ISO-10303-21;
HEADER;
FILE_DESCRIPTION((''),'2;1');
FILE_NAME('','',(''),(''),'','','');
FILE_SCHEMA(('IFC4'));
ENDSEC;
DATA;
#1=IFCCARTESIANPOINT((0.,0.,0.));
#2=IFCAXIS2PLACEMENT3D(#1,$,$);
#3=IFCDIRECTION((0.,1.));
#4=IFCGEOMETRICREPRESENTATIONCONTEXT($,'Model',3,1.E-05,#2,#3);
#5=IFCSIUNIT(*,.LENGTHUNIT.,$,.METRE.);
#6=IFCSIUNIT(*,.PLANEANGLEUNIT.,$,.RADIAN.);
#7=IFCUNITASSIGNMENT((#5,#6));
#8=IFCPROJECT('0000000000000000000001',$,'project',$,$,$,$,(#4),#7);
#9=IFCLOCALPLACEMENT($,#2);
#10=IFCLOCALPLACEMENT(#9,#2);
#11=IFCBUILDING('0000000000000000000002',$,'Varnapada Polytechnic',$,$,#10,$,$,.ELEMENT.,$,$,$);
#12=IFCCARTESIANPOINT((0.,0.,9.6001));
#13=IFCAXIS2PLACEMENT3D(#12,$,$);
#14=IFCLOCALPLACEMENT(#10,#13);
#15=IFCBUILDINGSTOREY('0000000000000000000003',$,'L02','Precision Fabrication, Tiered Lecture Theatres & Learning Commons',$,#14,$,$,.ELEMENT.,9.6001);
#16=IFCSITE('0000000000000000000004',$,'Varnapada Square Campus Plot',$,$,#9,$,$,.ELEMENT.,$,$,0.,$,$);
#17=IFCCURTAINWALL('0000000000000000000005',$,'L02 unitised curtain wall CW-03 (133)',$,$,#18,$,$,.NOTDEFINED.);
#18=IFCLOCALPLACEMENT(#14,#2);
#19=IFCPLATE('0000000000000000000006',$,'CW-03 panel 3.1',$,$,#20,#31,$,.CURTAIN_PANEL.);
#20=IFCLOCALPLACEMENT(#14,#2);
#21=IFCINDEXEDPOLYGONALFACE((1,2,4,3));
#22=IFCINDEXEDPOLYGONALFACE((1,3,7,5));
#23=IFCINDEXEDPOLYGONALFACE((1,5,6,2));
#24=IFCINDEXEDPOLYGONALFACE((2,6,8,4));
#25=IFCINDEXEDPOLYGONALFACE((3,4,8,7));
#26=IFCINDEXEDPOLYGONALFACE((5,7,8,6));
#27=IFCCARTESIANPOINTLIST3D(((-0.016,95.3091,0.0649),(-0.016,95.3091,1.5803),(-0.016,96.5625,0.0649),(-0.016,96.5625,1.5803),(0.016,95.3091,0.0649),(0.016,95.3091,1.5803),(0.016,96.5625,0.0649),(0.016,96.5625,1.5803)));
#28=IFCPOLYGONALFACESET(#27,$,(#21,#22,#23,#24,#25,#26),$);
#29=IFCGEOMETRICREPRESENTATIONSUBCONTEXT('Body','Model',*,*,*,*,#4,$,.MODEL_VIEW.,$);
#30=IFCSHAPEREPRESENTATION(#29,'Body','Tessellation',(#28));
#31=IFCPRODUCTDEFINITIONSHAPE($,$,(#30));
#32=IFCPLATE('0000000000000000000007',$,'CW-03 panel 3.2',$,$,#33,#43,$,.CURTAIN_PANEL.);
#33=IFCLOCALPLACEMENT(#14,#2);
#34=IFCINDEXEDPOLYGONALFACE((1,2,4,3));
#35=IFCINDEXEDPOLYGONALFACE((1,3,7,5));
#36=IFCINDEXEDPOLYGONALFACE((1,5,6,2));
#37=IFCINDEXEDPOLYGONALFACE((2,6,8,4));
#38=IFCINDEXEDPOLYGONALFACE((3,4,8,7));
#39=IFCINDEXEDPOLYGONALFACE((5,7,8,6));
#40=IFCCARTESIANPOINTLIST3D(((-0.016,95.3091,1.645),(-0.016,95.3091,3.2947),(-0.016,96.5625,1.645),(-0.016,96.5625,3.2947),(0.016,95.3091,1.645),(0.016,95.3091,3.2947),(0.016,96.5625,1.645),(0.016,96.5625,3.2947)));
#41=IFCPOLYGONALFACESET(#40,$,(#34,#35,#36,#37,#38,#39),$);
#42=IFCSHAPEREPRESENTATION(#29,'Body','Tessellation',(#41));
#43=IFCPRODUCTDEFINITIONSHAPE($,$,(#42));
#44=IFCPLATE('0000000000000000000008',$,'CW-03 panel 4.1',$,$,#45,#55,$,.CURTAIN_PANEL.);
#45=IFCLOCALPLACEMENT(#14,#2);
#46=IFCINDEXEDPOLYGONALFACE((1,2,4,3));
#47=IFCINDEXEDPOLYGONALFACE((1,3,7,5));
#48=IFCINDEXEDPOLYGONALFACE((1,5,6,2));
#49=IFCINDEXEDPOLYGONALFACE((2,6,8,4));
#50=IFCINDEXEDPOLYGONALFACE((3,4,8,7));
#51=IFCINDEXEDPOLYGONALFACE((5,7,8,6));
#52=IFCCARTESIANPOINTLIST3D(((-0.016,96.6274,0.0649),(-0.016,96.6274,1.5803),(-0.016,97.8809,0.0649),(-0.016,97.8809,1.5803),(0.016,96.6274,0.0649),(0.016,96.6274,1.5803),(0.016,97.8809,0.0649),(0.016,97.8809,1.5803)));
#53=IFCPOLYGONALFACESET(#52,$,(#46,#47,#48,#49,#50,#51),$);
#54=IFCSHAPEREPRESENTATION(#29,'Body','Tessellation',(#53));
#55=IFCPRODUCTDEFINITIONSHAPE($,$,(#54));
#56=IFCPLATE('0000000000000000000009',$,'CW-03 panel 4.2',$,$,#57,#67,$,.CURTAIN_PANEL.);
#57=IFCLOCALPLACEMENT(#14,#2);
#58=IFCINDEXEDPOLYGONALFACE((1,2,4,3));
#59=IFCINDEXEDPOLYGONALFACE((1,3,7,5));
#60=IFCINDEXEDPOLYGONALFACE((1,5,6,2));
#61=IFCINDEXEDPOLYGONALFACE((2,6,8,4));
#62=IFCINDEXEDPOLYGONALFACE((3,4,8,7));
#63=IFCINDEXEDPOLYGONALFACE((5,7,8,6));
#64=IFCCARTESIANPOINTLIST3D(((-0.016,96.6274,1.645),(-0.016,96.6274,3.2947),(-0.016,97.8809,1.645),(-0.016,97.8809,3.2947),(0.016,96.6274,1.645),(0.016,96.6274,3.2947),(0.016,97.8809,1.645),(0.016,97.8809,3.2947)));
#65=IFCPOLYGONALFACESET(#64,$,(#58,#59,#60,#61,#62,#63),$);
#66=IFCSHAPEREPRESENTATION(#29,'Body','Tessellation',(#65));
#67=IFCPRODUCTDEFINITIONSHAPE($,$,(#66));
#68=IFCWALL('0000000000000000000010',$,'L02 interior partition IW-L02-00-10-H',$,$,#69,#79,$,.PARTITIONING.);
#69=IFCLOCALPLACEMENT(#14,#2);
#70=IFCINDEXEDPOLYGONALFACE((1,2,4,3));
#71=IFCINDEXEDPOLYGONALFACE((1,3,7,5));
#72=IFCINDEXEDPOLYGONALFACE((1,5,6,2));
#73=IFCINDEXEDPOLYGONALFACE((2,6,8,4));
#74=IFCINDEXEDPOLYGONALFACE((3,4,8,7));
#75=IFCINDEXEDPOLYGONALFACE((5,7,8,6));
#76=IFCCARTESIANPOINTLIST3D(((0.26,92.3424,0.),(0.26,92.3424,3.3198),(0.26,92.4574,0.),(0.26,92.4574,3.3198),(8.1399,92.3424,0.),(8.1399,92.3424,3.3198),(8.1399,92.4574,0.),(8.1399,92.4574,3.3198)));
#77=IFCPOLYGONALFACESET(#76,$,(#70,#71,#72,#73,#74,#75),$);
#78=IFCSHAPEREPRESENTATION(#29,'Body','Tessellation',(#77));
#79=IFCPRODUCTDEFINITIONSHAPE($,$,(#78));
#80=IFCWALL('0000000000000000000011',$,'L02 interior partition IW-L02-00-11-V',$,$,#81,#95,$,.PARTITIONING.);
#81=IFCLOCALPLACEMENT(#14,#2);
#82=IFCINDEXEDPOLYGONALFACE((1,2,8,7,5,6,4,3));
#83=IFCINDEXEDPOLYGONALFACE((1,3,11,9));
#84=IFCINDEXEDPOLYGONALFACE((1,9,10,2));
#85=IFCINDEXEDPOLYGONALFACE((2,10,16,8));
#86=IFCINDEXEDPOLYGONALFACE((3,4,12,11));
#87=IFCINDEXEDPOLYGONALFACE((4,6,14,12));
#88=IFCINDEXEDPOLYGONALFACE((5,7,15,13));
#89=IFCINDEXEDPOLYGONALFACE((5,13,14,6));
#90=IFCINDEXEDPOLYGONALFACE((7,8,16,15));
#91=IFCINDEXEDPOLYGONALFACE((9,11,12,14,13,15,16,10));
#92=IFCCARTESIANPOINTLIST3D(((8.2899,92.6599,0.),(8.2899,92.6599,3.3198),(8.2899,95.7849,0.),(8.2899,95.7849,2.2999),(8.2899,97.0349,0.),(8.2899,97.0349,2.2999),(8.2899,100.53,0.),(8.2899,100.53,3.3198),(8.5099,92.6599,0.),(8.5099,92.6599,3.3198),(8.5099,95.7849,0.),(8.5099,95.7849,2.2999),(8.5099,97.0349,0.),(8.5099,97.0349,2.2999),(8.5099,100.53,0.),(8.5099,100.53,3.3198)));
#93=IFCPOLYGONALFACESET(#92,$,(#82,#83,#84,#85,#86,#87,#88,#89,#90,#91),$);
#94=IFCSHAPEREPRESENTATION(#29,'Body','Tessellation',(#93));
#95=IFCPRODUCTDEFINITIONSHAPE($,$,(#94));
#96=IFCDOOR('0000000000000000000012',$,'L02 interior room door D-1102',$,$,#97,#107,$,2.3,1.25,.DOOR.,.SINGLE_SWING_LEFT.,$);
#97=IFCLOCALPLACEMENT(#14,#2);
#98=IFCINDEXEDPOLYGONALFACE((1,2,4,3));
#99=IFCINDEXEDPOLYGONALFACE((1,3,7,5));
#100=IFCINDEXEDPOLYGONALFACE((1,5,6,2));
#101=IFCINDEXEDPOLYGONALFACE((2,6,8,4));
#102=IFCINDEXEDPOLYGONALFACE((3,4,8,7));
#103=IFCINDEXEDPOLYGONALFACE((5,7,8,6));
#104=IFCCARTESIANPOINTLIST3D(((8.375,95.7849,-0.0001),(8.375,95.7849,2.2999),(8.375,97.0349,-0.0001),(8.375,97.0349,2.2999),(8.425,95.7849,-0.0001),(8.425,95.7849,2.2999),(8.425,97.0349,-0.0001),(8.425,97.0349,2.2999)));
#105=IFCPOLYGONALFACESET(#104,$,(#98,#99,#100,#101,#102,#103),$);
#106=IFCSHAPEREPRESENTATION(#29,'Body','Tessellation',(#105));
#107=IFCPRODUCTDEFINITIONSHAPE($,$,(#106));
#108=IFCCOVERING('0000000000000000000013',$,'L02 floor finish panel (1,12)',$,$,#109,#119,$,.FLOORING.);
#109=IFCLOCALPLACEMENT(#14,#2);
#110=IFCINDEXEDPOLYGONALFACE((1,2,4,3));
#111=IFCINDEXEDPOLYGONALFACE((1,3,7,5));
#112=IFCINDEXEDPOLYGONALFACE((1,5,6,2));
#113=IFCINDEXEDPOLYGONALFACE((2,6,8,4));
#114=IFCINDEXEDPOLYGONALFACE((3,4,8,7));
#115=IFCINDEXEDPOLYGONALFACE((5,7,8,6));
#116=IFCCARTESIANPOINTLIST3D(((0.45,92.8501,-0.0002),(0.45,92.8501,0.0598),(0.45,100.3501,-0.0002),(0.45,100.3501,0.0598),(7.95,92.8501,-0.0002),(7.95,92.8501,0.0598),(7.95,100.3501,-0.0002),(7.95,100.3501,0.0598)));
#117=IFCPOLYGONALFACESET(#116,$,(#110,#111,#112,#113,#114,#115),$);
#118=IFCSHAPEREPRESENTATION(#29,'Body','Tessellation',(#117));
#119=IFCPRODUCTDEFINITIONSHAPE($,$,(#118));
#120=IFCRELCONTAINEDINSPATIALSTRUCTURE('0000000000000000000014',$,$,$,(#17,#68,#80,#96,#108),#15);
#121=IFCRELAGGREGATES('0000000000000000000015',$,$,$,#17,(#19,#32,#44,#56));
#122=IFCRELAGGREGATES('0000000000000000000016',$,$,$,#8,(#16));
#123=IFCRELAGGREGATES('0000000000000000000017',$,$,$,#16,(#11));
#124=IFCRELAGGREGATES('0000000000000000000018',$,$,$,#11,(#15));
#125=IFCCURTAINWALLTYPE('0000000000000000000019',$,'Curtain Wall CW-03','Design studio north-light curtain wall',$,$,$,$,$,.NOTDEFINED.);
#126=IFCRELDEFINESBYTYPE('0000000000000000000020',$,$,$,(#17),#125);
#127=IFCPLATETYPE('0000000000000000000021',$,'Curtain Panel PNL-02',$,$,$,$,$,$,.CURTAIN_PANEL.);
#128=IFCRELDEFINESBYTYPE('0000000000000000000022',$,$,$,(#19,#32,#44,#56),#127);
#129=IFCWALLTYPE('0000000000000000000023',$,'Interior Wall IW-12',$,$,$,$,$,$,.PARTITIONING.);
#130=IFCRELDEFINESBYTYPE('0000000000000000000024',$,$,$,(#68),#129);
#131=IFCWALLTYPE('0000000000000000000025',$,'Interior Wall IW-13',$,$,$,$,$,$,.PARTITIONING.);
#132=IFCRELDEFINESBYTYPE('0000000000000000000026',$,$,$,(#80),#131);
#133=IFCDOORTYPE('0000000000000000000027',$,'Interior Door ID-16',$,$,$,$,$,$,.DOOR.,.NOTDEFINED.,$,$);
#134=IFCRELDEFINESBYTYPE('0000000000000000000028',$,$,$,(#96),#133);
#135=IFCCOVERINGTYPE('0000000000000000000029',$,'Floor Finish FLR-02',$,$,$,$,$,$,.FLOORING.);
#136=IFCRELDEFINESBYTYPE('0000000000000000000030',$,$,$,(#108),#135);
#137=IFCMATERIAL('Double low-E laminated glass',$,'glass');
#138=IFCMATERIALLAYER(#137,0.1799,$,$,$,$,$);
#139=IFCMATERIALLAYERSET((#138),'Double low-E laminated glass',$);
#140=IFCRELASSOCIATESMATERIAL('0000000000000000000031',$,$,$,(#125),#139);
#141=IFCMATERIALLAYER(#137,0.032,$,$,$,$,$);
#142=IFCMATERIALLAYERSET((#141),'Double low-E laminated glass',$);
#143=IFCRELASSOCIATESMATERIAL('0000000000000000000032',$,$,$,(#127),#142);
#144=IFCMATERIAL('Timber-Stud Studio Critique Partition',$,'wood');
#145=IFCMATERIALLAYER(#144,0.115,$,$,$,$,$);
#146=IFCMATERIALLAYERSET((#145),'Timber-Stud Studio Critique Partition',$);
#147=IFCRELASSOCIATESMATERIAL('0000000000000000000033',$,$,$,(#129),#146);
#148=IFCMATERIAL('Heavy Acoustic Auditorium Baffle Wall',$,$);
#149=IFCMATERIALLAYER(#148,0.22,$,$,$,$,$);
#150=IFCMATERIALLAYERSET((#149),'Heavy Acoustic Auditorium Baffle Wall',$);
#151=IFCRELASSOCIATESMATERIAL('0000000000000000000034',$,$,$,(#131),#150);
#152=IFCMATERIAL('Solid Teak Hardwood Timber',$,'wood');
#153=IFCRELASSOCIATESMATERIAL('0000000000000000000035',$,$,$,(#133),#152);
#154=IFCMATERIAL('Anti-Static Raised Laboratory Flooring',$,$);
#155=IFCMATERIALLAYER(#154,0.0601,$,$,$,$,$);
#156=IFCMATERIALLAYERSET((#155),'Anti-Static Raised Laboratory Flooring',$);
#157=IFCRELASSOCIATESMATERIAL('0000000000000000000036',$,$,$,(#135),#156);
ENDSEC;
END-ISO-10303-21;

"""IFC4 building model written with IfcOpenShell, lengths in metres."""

from ifc_helpers import new_model, si_unit, direction, frame, frame_2d, origin, origin_2d, place, context, subcontext, project, spatial, rectangle, extrude, material, layer, layer_set, type_object, element, fill, aggregate, save


model = new_model("IFC4")

# Units and contexts
model_context = context("Model", 3, precision=1e-05, world=origin(), true_north=direction((0.0, 1.0)))
body_context = subcontext(model_context, "Body", "Model", "MODEL_VIEW")
ifc_project = project(units=[si_unit("LENGTHUNIT", "METRE"), si_unit("PLANEANGLEUNIT", "RADIAN")], contexts=[model_context])

# Site, building, storey
site_placement = place(None, origin())
site = spatial("IfcSite", under=ifc_project, at=site_placement, Name="Varnapada Square Campus Plot", CompositionType="ELEMENT", RefElevation=0.0)
building_placement = place(site_placement, origin())
building = spatial("IfcBuilding", under=site, at=building_placement, Name="Varnapada Polytechnic", CompositionType="ELEMENT")
storey_placement = place(building_placement, frame((0.0, 0.0, 9.6001)))
storey = spatial("IfcBuildingStorey", under=building, at=storey_placement, Name="L02", Description="Precision Fabrication, Tiered Lecture Theatres & Learning Commons", CompositionType="ELEMENT", Elevation=9.6001)

# Curtain wall, plates
ifc_material_1 = material(Name="Double low-E laminated glass", Category="glass")
ifc_layer_1 = layer(ifc_material_1, 0.1799)
ifc_layer_set_1 = layer_set([ifc_layer_1], Name="Double low-E laminated glass")
curtain_wall_type = type_object("IfcCurtainWallType", Name="Curtain Wall CW-03", Description="Design studio north-light curtain wall", PredefinedType="NOTDEFINED", material=ifc_layer_set_1)
curtain_wall_placement = place(storey_placement, origin())
curtain_wall = element("IfcCurtainWall", 1, at=curtain_wall_placement, inside=storey, type_object=curtain_wall_type, Name="L02 unitised curtain wall CW-03 (133)", PredefinedType="NOTDEFINED")
ifc_layer_2 = layer(ifc_material_1, 0.032)
ifc_layer_set_2 = layer_set([ifc_layer_2], Name="Double low-E laminated glass")
plate_type = type_object("IfcPlateType", Name="Curtain Panel PNL-02", PredefinedType="CURTAIN_PANEL", material=ifc_layer_set_2)
plate_1_placement = place(storey_placement, frame((0.0, 95.9358, 0.0649), z_axis=(0.0, 0.0, 1.0), x_axis=(0.0, 1.0, 0.0)))
plate_1 = element("IfcPlate", 2, at=plate_1_placement, type_object=plate_type, Name="CW-03 panel 3.1", PredefinedType="CURTAIN_PANEL", context=body_context, shape_type="SweptSolid", body=[
    extrude(rectangle(XDim=1.2534, YDim=0.032, at=origin_2d()), origin(), (0.0, 0.0, 1.0), 1.5154),
])
plate_2_placement = place(storey_placement, frame((0.0, 95.9358, 1.645), z_axis=(0.0, 0.0, 1.0), x_axis=(0.0, 1.0, 0.0)))
plate_2 = element("IfcPlate", 3, at=plate_2_placement, type_object=plate_type, Name="CW-03 panel 3.2", PredefinedType="CURTAIN_PANEL", context=body_context, shape_type="SweptSolid", body=[
    extrude(rectangle(XDim=1.2534, YDim=0.032, at=origin_2d()), origin(), (0.0, 0.0, 1.0), 1.6497),
])
plate_3_placement = place(storey_placement, frame((0.0, 97.2542, 0.0649), z_axis=(0.0, 0.0, 1.0), x_axis=(0.0, 1.0, 0.0)))
plate_3 = element("IfcPlate", 4, at=plate_3_placement, type_object=plate_type, Name="CW-03 panel 4.1", PredefinedType="CURTAIN_PANEL", context=body_context, shape_type="SweptSolid", body=[
    extrude(rectangle(XDim=1.2534, YDim=0.032, at=origin_2d()), origin(), (0.0, 0.0, 1.0), 1.5154),
])
plate_4_placement = place(storey_placement, frame((0.0, 97.2542, 1.645), z_axis=(0.0, 0.0, 1.0), x_axis=(0.0, 1.0, 0.0)))
plate_4 = element("IfcPlate", 5, at=plate_4_placement, type_object=plate_type, Name="CW-03 panel 4.2", PredefinedType="CURTAIN_PANEL", context=body_context, shape_type="SweptSolid", body=[
    extrude(rectangle(XDim=1.2534, YDim=0.032, at=origin_2d()), origin(), (0.0, 0.0, 1.0), 1.6497),
])
aggregate(curtain_wall, [plate_1, plate_2, plate_3, plate_4])

# Wall
ifc_material_2 = material(Name="Timber-Stud Studio Critique Partition", Category="wood")
ifc_layer_3 = layer(ifc_material_2, 0.115)
ifc_layer_set_3 = layer_set([ifc_layer_3], Name="Timber-Stud Studio Critique Partition")
wall_type_1 = type_object("IfcWallType", Name="Interior Wall IW-12", PredefinedType="PARTITIONING", material=ifc_layer_set_3)
wall_1_placement = place(storey_placement, frame((0.26, 92.3999, 0.0), z_axis=(0.0, 0.0, 1.0), x_axis=(1.0, 0.0, 0.0)))
element("IfcWall", 6, at=wall_1_placement, inside=storey, type_object=wall_type_1, Name="L02 interior partition IW-L02-00-10-H", PredefinedType="PARTITIONING", context=body_context, shape_type="SweptSolid", body=[
    extrude(rectangle(XDim=7.8799, YDim=0.115, at=frame_2d((3.9399, 0.0))), origin(), (0.0, 0.0, 1.0), 3.3198),
])

# Wall, opening, door
ifc_material_3 = material(Name="Heavy Acoustic Auditorium Baffle Wall")
ifc_layer_4 = layer(ifc_material_3, 0.22)
ifc_layer_set_4 = layer_set([ifc_layer_4], Name="Heavy Acoustic Auditorium Baffle Wall")
wall_type_2 = type_object("IfcWallType", Name="Interior Wall IW-13", PredefinedType="PARTITIONING", material=ifc_layer_set_4)
wall_2_placement = place(storey_placement, frame((8.3999, 92.6599, 0.0), z_axis=(0.0, 0.0, 1.0), x_axis=(0.0, 1.0, 0.0)))
wall_2 = element("IfcWall", 7, at=wall_2_placement, inside=storey, type_object=wall_type_2, Name="L02 interior partition IW-L02-00-11-V", PredefinedType="PARTITIONING", context=body_context, shape_type="SweptSolid", body=[
    extrude(rectangle(XDim=7.8701, YDim=0.22, at=frame_2d((3.9351, 0.0))), origin(), (0.0, 0.0, 1.0), 3.3198),
])
opening_placement = place(wall_2_placement, frame((3.125, 0.0, 0.0)))
opening = element("IfcOpeningElement", 8, at=opening_placement, cuts=wall_2, PredefinedType="OPENING", context=body_context, shape_type="SweptSolid", body=[
    extrude(rectangle(XDim=1.25, YDim=2.3, at=frame_2d((0.625, 1.1499))), frame((0.0, 0.1199, 0.0), z_axis=(0.0, -1.0, 0.0), x_axis=(1.0, 0.0, 0.0)), (0.0, 0.0, 1.0), 0.24),
])
ifc_material_4 = material(Name="Solid Teak Hardwood Timber", Category="wood")
door_type = type_object("IfcDoorType", Name="Interior Door ID-16", OperationType="NOTDEFINED", PredefinedType="DOOR", material=ifc_material_4)
door_placement = place(opening_placement, origin())
door = element("IfcDoor", 9, at=door_placement, inside=storey, type_object=door_type, Name="L02 interior room door D-1102", OperationType="SINGLE_SWING_LEFT", OverallHeight=2.3, OverallWidth=1.25, PredefinedType="DOOR", context=body_context, shape_type="SweptSolid", body=[
    extrude(rectangle(XDim=1.25, YDim=2.3, at=frame_2d((0.625, 1.1499))), frame((0.0, 0.0249, 0.0), z_axis=(0.0, -1.0, 0.0), x_axis=(1.0, 0.0, 0.0)), (0.0, 0.0, 1.0), 0.05),
])
fill(opening, door)

# Covering
ifc_material_5 = material(Name="Anti-Static Raised Laboratory Flooring")
ifc_layer_5 = layer(ifc_material_5, 0.0601)
ifc_layer_set_5 = layer_set([ifc_layer_5], Name="Anti-Static Raised Laboratory Flooring")
covering_type = type_object("IfcCoveringType", Name="Floor Finish FLR-02", PredefinedType="FLOORING", material=ifc_layer_set_5)
covering_placement = place(storey_placement, frame((4.2, 96.6001, -0.0002), z_axis=(0.0, 0.0, 1.0), x_axis=(1.0, 0.0, 0.0)))
element("IfcCovering", 10, at=covering_placement, inside=storey, type_object=covering_type, Name="L02 floor finish panel (1,12)", PredefinedType="FLOORING", context=body_context, shape_type="SweptSolid", body=[
    extrude(rectangle(XDim=7.5, YDim=7.5, at=origin_2d()), origin(), (0.0, 0.0, 1.0), 0.0601),
])

save(model, "model.ifc")
